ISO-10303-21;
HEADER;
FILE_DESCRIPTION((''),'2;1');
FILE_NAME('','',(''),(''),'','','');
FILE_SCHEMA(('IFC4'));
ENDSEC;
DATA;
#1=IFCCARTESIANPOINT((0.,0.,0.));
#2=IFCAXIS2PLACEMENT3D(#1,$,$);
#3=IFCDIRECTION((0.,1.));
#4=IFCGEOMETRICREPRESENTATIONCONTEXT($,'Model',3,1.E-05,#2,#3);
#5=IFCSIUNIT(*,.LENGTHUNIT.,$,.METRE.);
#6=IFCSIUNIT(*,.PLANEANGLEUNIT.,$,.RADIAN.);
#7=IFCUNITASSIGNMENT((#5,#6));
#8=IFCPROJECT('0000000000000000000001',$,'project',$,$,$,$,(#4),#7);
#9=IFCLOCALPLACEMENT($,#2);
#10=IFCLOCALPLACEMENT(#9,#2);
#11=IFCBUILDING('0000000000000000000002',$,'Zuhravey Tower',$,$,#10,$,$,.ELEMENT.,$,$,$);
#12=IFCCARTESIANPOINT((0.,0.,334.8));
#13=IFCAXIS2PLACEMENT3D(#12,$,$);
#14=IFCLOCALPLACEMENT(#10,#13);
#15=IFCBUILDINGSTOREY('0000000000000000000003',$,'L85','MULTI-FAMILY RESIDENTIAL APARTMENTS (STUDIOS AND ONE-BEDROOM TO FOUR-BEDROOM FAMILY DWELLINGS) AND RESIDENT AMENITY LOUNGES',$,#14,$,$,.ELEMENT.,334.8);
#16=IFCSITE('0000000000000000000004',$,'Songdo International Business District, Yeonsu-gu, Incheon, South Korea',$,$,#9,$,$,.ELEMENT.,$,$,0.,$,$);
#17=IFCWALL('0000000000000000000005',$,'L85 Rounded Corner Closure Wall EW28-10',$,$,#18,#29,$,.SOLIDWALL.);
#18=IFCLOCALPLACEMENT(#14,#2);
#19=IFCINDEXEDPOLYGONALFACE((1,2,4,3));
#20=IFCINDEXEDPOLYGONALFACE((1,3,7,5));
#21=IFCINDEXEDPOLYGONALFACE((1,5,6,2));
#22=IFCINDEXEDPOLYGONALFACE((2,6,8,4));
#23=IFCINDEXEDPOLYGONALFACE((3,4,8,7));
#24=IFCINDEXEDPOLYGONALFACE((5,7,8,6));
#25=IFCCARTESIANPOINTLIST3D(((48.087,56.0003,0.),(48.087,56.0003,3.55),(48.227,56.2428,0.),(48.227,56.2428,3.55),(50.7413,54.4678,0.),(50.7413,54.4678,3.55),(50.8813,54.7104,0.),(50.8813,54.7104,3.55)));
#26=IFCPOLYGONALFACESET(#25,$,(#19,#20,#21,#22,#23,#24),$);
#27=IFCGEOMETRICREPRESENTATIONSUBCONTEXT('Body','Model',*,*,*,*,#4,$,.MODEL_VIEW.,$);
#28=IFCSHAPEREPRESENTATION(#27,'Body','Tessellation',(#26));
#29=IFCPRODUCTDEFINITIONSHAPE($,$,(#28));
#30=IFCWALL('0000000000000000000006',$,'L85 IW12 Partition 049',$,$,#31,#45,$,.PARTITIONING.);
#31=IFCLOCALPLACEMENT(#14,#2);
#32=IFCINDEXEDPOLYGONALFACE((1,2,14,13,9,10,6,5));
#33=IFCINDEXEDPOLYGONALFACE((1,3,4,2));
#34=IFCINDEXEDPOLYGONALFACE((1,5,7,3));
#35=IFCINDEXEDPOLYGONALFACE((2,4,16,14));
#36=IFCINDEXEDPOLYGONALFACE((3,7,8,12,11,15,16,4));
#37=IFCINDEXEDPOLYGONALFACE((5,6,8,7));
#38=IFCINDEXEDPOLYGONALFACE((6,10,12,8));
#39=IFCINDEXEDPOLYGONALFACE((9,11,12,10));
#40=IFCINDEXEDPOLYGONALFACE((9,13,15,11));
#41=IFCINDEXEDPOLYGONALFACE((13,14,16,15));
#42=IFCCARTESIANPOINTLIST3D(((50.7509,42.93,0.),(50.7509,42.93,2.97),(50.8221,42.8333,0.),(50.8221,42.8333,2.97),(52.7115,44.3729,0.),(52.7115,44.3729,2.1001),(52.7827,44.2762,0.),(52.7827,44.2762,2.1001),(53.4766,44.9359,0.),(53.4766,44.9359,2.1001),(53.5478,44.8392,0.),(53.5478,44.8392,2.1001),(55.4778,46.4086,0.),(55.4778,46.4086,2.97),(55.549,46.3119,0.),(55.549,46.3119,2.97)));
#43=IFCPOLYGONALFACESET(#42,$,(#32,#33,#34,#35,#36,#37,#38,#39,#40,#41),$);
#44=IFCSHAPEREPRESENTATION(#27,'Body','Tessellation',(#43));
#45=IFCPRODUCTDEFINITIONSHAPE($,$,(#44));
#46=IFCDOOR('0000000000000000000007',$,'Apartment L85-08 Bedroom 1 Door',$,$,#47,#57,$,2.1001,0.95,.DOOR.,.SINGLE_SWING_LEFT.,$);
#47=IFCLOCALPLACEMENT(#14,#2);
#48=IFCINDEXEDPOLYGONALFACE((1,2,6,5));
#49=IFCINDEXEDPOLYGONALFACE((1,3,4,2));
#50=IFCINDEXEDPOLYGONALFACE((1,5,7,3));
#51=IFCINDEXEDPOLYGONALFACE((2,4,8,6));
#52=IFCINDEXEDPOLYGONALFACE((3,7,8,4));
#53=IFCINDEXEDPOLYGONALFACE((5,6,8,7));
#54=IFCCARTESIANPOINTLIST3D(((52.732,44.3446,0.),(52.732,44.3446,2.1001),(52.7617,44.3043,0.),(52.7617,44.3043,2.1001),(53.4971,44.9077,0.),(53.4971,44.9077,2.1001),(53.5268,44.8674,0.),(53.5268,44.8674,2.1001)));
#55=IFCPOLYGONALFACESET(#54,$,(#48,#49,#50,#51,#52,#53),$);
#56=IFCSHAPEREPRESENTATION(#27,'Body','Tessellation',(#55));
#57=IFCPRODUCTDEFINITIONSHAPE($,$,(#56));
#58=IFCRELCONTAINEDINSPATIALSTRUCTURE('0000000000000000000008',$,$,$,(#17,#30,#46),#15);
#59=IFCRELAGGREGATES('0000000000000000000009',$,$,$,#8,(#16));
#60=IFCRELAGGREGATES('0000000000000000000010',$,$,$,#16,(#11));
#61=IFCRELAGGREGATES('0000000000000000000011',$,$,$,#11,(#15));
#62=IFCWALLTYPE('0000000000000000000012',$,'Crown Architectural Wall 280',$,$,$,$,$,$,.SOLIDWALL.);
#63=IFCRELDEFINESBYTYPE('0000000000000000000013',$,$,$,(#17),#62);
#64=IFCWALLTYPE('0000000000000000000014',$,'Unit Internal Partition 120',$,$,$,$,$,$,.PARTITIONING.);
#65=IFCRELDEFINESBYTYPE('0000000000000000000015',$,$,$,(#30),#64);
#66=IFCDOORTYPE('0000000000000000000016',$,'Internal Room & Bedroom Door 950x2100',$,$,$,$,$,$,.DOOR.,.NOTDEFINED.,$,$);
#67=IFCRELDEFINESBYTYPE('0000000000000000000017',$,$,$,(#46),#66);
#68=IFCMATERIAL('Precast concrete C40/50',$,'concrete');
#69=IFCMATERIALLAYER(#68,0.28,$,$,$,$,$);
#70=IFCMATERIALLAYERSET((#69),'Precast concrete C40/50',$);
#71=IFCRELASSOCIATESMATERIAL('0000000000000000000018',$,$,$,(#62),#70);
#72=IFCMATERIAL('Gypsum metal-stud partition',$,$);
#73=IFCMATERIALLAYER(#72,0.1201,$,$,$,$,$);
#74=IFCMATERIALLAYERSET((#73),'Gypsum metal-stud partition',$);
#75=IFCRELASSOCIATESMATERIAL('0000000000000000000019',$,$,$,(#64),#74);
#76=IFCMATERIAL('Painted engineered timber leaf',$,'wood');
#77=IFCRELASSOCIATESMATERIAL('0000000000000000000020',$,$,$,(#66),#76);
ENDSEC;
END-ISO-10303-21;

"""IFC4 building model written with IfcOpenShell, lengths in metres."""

from ifc_helpers import new_model, si_unit, direction, frame, frame_2d, origin, place, context, subcontext, project, spatial, rectangle, extrude, material, layer, layer_set, type_object, element, fill, save


model = new_model("IFC4")

# Units and contexts
model_context = context("Model", 3, precision=1e-05, world=origin(), true_north=direction((0.0, 1.0)))
body_context = subcontext(model_context, "Body", "Model", "MODEL_VIEW")
ifc_project = project(units=[si_unit("LENGTHUNIT", "METRE"), si_unit("PLANEANGLEUNIT", "RADIAN")], contexts=[model_context])

# Site, building, storey
site_placement = place(None, origin())
site = spatial("IfcSite", under=ifc_project, at=site_placement, Name="Songdo International Business District, Yeonsu-gu, Incheon, South Korea", CompositionType="ELEMENT", RefElevation=0.0)
building_placement = place(site_placement, origin())
building = spatial("IfcBuilding", under=site, at=building_placement, Name="Zuhravey Tower", CompositionType="ELEMENT")
storey_placement = place(building_placement, frame((0.0, 0.0, 334.8)))
storey = spatial("IfcBuildingStorey", under=building, at=storey_placement, Name="L85", Description="MULTI-FAMILY RESIDENTIAL APARTMENTS (STUDIOS AND ONE-BEDROOM TO FOUR-BEDROOM FAMILY DWELLINGS) AND RESIDENT AMENITY LOUNGES", CompositionType="ELEMENT", Elevation=334.8)

# Wall
ifc_material_1 = material(Name="Precast concrete C40/50", Category="concrete")
ifc_layer_1 = layer(ifc_material_1, 0.28)
ifc_layer_set_1 = layer_set([ifc_layer_1], Name="Precast concrete C40/50")
wall_type_1 = type_object("IfcWallType", Name="Crown Architectural Wall 280", PredefinedType="SOLIDWALL", material=ifc_layer_set_1)
wall_1_placement = place(storey_placement, frame((48.157, 56.1216, 0.0), z_axis=(0.0, 0.0, 1.0), x_axis=(0.866024, -0.500003, 0.0)))
element("IfcWall", 1, at=wall_1_placement, inside=storey, type_object=wall_type_1, Name="L85 Rounded Corner Closure Wall EW28-10", PredefinedType="SOLIDWALL", context=body_context, shape_type="SweptSolid", body=[
    extrude(rectangle(XDim=3.0649, YDim=0.28, at=frame_2d((1.5325, 0.0))), origin(), (0.0, 0.0, 1.0), 3.55),
])

# Wall, opening, door
ifc_material_2 = material(Name="Gypsum metal-stud partition")
ifc_layer_2 = layer(ifc_material_2, 0.1201)
ifc_layer_set_2 = layer_set([ifc_layer_2], Name="Gypsum metal-stud partition")
wall_type_2 = type_object("IfcWallType", Name="Unit Internal Partition 120", PredefinedType="PARTITIONING", material=ifc_layer_set_2)
wall_2_placement = place(storey_placement, frame((50.7864, 42.8816, 0.0), z_axis=(0.0, 0.0, 1.0), x_axis=(0.805413, 0.592714, 0.0)))
wall_2 = element("IfcWall", 2, at=wall_2_placement, inside=storey, type_object=wall_type_2, Name="L85 IW12 Partition 049", PredefinedType="PARTITIONING", context=body_context, shape_type="SweptSolid", body=[
    extrude(rectangle(XDim=5.8689, YDim=0.1201, at=frame_2d((2.9346, 0.0))), origin(), (0.0, 0.0, 1.0), 2.97),
])
opening_1_placement = place(wall_2_placement, frame((2.4343, 0.0, 0.0)))
opening_1 = element("IfcOpeningElement", 3, at=opening_1_placement, cuts=wall_2, PredefinedType="OPENING", context=body_context, shape_type="SweptSolid", body=[
    extrude(rectangle(XDim=0.95, YDim=2.1001, at=frame_2d((0.4751, 1.05))), frame((0.0, 0.072, 0.0), z_axis=(0.0, -1.0, 0.0), x_axis=(1.0, 0.0, 0.0)), (0.0, 0.0, 1.0), 0.144),
])
ifc_material_3 = material(Name="Painted engineered timber leaf", Category="wood")
door_type_1 = type_object("IfcDoorType", Name="Internal Room & Bedroom Door 950x2100", OperationType="NOTDEFINED", PredefinedType="DOOR", material=ifc_material_3)
door_1_placement = place(opening_1_placement, frame((0.95, 0.0, 0.0), z_axis=(0.0, 0.0, 1.0), x_axis=(-1.0, 0.0, 0.0)))
door_1 = element("IfcDoor", 4, at=door_1_placement, inside=storey, type_object=door_type_1, Name="Apartment L85-08 Bedroom 1 Door", OperationType="SINGLE_SWING_LEFT", OverallHeight=2.1001, OverallWidth=0.95, PredefinedType="DOOR", context=body_context, shape_type="SweptSolid", body=[
    extrude(rectangle(XDim=0.95, YDim=2.1001, at=frame_2d((0.4751, 1.05))), frame((0.0, 0.0249, 0.0), z_axis=(0.0, -1.0, 0.0), x_axis=(1.0, 0.0, 0.0)), (0.0, 0.0, 1.0), 0.05),
])
fill(opening_1, door_1)

save(model, "model.ifc")
